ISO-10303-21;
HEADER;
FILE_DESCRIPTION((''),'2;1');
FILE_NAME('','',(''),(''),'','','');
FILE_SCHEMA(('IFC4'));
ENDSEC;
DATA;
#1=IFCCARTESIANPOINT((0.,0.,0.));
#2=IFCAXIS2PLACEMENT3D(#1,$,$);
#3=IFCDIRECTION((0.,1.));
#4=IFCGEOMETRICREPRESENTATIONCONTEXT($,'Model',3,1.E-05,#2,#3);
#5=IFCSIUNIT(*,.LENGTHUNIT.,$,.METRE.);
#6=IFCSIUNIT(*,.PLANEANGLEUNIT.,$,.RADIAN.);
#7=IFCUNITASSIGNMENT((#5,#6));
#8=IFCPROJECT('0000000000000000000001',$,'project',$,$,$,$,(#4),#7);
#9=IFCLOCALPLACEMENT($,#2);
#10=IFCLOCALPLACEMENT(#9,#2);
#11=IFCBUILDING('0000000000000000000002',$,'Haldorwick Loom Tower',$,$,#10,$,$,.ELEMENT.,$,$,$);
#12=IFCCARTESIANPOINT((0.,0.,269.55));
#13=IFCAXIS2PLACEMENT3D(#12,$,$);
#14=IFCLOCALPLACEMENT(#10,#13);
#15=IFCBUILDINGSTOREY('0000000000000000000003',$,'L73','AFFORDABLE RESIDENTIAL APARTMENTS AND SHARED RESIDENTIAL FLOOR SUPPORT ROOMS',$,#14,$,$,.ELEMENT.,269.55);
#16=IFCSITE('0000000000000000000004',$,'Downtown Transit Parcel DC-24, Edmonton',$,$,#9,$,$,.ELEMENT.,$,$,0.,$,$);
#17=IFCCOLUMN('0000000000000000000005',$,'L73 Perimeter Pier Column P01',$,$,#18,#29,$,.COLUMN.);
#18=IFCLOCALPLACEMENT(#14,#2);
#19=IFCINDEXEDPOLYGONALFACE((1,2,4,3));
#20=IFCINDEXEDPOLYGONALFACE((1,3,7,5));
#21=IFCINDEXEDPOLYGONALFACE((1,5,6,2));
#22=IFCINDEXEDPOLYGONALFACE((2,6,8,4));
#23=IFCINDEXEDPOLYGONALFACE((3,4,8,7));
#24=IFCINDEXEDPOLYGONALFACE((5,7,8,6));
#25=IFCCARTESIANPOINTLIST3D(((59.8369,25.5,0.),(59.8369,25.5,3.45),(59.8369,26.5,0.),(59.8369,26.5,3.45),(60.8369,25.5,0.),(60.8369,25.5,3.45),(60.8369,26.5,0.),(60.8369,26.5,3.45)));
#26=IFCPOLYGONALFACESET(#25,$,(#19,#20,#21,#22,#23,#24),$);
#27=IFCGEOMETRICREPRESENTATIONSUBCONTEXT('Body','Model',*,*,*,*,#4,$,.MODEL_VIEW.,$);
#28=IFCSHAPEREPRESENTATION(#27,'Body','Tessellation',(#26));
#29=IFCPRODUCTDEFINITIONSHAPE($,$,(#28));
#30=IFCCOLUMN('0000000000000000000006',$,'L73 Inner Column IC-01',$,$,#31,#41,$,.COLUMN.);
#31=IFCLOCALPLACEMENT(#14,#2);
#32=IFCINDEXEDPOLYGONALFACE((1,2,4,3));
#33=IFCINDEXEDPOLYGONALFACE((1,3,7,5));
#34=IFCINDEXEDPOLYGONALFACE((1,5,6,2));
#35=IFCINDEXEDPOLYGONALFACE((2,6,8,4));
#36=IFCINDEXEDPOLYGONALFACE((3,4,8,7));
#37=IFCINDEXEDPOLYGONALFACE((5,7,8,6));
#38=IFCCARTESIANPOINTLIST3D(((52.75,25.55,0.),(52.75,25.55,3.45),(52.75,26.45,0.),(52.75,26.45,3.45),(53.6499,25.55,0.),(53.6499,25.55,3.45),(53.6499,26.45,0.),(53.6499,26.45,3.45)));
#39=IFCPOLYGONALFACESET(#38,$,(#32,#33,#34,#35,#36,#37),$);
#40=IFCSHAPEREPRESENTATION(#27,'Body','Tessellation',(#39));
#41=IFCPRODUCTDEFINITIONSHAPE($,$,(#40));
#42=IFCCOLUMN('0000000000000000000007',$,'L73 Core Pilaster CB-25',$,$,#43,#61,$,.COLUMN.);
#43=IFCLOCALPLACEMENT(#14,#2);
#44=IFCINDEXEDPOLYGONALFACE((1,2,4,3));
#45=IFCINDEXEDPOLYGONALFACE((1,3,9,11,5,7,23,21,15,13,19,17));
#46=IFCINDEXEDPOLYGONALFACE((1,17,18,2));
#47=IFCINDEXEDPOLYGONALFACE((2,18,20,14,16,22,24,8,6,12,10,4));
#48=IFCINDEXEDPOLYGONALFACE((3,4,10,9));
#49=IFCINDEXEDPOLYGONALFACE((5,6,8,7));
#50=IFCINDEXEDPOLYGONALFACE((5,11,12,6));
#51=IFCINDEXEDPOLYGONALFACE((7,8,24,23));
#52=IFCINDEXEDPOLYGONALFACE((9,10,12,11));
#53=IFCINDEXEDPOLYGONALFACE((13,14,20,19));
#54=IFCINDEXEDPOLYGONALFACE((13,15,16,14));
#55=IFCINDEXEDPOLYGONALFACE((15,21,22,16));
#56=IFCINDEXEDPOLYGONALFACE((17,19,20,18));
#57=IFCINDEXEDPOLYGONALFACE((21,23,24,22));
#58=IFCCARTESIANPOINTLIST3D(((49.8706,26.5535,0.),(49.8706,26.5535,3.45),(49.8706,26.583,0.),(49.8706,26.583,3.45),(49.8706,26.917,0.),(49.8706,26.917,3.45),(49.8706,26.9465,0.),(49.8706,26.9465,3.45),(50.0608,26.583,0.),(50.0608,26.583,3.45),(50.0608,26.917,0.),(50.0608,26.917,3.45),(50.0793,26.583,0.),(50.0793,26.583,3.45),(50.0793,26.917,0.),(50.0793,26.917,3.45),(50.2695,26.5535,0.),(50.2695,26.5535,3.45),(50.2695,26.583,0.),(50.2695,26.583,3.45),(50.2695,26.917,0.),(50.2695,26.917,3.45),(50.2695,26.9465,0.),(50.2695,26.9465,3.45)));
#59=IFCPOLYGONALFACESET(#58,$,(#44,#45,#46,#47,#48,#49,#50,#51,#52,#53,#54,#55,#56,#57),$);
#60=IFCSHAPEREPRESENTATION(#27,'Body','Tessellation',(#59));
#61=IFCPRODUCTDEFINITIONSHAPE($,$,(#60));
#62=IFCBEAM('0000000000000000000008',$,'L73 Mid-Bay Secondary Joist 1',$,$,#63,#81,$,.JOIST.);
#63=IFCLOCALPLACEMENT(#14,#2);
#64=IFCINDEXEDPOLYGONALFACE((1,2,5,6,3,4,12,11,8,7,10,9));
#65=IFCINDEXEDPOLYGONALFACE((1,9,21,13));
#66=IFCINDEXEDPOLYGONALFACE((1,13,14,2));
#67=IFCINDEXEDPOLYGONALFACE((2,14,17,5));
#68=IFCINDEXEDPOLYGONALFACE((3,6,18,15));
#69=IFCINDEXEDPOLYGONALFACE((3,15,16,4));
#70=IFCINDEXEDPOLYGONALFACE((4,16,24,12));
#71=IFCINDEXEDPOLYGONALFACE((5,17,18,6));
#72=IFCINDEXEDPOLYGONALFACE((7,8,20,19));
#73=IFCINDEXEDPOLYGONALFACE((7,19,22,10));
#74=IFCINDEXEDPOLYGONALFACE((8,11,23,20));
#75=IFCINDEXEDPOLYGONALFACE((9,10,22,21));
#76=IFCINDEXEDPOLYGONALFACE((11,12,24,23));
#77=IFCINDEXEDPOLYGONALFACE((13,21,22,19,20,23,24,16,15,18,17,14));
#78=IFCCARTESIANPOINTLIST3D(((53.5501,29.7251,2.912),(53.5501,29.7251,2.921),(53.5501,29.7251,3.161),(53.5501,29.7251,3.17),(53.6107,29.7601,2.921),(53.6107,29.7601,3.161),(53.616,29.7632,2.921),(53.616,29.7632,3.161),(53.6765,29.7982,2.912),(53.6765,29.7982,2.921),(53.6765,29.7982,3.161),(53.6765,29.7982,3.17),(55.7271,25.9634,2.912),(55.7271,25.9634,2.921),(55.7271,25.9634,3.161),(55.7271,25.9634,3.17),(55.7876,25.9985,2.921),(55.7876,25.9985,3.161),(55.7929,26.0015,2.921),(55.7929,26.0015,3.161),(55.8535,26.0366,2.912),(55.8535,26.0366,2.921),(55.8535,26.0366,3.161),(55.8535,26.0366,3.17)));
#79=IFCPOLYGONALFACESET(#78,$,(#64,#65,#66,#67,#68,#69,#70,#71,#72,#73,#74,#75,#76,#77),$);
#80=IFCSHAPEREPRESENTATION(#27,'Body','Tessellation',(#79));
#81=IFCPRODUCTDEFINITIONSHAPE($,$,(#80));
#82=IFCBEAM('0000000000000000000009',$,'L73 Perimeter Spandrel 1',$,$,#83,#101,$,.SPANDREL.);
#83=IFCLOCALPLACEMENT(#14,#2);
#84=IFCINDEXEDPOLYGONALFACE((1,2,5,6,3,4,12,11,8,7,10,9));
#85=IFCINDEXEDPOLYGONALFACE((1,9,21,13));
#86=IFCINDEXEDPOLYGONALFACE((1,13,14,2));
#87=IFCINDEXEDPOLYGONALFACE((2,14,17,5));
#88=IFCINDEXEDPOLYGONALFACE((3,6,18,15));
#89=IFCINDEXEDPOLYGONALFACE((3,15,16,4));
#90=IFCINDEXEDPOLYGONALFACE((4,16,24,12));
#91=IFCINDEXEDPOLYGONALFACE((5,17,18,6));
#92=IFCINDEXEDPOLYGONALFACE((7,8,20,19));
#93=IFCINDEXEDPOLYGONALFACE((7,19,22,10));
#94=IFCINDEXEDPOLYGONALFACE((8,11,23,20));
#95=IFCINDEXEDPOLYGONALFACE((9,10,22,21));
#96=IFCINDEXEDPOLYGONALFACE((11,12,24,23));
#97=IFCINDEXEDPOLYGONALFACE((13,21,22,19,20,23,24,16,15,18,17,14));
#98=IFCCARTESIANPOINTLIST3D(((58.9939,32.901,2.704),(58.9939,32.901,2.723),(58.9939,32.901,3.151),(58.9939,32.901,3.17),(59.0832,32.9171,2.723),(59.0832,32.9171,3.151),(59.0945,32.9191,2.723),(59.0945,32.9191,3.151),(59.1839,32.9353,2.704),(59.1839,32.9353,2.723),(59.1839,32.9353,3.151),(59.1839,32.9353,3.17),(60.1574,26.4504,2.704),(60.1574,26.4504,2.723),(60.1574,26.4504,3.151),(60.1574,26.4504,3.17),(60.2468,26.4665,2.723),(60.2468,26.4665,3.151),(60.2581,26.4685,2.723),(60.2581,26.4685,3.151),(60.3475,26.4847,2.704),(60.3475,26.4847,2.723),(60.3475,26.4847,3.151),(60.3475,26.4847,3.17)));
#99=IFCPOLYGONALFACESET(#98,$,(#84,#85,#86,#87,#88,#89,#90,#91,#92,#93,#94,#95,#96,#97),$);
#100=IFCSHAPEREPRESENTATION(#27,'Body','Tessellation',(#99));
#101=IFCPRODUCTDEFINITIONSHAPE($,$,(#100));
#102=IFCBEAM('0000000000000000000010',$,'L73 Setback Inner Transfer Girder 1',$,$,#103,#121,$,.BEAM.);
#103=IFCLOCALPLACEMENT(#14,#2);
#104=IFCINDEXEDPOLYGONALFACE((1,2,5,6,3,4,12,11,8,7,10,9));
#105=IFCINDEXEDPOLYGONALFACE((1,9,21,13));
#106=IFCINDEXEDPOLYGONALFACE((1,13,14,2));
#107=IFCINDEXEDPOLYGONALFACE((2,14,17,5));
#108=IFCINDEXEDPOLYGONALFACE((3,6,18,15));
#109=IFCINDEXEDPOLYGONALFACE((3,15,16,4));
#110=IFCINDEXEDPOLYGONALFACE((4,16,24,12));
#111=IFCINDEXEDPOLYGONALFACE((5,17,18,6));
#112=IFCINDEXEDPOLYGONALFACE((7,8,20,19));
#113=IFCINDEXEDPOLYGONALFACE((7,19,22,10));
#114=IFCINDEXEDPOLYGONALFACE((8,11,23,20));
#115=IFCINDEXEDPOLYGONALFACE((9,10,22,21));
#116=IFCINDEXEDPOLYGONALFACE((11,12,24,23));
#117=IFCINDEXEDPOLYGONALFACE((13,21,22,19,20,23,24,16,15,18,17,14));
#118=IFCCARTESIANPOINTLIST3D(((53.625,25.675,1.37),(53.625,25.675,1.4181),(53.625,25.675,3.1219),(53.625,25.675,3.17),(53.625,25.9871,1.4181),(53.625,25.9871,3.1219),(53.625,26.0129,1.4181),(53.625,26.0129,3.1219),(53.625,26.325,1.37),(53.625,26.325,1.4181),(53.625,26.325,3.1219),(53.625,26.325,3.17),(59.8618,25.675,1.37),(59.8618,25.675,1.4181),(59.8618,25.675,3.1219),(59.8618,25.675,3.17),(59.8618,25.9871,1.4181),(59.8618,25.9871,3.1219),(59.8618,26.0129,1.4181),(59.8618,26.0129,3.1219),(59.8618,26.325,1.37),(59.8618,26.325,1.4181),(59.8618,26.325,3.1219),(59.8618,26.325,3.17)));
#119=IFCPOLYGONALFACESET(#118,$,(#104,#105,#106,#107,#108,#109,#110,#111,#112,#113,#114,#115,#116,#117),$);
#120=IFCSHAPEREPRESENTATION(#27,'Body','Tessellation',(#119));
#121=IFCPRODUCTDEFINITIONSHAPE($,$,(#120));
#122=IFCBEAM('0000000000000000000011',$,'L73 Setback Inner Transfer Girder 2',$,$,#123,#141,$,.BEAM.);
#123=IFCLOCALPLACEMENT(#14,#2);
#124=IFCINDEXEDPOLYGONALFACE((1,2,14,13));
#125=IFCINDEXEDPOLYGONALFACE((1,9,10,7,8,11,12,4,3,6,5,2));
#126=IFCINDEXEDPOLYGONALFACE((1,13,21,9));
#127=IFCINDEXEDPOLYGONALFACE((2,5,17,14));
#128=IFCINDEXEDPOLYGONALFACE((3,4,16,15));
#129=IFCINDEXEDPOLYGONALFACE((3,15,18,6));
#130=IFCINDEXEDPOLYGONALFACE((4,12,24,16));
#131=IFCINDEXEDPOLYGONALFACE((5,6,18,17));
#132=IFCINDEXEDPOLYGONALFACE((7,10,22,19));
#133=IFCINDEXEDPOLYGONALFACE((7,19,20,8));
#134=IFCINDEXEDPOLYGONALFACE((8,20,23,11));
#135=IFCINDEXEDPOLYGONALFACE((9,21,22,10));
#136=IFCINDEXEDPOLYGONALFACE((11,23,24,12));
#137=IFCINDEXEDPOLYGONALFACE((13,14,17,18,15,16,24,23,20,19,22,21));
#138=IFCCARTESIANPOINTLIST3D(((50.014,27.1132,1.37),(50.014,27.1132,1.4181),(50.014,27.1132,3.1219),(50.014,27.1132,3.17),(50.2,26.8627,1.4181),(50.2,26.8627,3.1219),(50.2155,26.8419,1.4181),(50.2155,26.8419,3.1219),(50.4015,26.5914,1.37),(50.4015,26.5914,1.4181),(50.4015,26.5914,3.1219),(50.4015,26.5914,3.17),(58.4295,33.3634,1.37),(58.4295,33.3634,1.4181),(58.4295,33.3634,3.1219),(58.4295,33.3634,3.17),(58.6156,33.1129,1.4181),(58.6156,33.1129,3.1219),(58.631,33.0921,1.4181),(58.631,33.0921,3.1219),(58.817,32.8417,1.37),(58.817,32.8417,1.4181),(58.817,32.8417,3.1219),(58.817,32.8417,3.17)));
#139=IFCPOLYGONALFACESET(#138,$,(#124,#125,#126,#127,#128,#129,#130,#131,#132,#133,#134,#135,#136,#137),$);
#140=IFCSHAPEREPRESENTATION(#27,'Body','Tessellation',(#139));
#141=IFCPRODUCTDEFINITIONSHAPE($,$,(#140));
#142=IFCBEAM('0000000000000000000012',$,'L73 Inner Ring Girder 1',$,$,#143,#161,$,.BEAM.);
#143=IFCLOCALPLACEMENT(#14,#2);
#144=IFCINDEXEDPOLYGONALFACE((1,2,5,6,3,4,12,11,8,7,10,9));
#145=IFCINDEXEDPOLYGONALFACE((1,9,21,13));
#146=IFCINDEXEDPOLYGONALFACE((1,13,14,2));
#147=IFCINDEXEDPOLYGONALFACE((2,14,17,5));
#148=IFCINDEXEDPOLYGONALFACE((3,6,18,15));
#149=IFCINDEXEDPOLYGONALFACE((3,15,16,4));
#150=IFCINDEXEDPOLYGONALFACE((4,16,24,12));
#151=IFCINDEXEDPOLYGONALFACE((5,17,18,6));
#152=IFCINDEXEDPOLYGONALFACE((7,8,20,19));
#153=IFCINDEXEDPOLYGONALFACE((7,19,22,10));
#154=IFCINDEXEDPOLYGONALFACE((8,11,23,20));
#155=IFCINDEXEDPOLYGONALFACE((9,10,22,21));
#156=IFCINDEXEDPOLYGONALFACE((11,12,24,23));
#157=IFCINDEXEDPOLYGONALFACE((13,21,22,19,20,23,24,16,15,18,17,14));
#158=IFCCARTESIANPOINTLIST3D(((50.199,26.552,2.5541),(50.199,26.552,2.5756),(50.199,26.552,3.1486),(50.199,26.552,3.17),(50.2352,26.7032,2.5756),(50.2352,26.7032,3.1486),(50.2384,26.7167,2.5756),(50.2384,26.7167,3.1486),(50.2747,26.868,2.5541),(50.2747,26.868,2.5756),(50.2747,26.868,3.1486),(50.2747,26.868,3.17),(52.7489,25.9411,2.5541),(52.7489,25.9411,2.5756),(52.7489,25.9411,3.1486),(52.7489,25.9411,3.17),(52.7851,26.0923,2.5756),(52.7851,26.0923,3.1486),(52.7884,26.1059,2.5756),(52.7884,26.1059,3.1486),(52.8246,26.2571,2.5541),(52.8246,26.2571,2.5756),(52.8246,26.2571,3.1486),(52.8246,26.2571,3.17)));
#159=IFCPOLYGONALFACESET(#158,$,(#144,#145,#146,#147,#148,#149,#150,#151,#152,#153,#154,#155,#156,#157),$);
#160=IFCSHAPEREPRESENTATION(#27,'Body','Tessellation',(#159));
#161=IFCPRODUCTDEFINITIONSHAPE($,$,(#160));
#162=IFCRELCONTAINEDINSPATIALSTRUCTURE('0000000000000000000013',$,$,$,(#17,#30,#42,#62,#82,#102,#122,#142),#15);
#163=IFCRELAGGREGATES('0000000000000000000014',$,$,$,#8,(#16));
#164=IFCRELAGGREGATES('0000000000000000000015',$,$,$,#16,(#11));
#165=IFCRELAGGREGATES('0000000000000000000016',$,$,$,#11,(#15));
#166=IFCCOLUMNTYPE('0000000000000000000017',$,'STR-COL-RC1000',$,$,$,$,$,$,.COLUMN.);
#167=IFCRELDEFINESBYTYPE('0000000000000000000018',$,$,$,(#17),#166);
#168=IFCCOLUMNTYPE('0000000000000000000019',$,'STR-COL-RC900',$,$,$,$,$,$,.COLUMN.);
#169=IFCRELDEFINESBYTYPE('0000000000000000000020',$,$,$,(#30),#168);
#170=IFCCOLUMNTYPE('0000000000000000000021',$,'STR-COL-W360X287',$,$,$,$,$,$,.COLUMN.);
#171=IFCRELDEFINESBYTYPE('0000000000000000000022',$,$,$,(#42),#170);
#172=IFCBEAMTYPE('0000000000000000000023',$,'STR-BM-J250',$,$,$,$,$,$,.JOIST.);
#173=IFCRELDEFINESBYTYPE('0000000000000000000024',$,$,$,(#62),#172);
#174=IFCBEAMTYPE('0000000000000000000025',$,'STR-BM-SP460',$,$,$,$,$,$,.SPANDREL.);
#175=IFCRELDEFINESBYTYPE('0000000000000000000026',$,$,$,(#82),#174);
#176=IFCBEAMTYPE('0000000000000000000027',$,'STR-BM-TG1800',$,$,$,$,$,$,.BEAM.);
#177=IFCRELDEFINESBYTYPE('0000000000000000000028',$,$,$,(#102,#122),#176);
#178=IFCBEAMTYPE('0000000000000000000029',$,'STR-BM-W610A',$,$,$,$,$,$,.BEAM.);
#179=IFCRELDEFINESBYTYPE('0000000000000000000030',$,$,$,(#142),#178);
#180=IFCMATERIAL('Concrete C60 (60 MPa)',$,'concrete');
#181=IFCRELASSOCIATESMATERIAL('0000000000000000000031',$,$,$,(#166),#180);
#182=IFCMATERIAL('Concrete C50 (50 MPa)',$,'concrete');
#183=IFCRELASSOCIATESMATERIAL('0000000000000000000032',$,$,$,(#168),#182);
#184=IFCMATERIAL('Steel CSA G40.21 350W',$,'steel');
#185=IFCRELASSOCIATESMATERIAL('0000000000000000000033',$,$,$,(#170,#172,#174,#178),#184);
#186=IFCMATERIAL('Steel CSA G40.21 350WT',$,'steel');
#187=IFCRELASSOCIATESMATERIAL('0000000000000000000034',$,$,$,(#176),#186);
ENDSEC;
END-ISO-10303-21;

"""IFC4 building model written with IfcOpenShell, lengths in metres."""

from ifc_helpers import new_model, si_unit, direction, frame, origin, origin_2d, place, context, subcontext, project, spatial, rectangle, i_section, extrude, material, material_profile, profile_set, type_object, element, save


model = new_model("IFC4")

# Units and contexts
model_context = context("Model", 3, precision=1e-05, world=origin(), true_north=direction((0.0, 1.0)))
body_context = subcontext(model_context, "Body", "Model", "MODEL_VIEW")
ifc_project = project(units=[si_unit("LENGTHUNIT", "METRE"), si_unit("PLANEANGLEUNIT", "RADIAN")], contexts=[model_context])

# Site, building, storey
site_placement = place(None, origin())
site = spatial("IfcSite", under=ifc_project, at=site_placement, Name="Downtown Transit Parcel DC-24, Edmonton", CompositionType="ELEMENT", RefElevation=0.0)
building_placement = place(site_placement, origin())
building = spatial("IfcBuilding", under=site, at=building_placement, Name="Haldorwick Loom Tower", CompositionType="ELEMENT")
storey_placement = place(building_placement, frame((0.0, 0.0, 269.55)))
storey = spatial("IfcBuildingStorey", under=building, at=storey_placement, Name="L73", Description="AFFORDABLE RESIDENTIAL APARTMENTS AND SHARED RESIDENTIAL FLOOR SUPPORT ROOMS", CompositionType="ELEMENT", Elevation=269.55)

# Columns
ifc_material_1 = material(Name="Concrete C60 (60 MPa)", Category="concrete")
ifc_material_profile_1 = material_profile(ifc_material_1, rectangle(XDim=1.0, YDim=1.0, at=origin_2d()), Name="RC1000X1000", Category="concrete")
ifc_profile_set_1 = profile_set([ifc_material_profile_1], Name="Concrete C60 (60 MPa)")
column_type_1 = type_object("IfcColumnType", Name="STR-COL-RC1000", PredefinedType="COLUMN", material=ifc_profile_set_1)
column_1_placement = place(storey_placement, frame((60.3369, 26.0, 0.0), z_axis=(0.0, 0.0, 1.0), x_axis=(1.0, 0.0, 0.0)))
element("IfcColumn", 1, at=column_1_placement, inside=storey, type_object=column_type_1, Name="L73 Perimeter Pier Column P01", PredefinedType="COLUMN", context=body_context, shape_type="SweptSolid", body=[
    extrude(rectangle(XDim=1.0, YDim=1.0, at=origin_2d()), origin(), (0.0, 0.0, 1.0), 3.45),
])
ifc_material_2 = material(Name="Concrete C50 (50 MPa)", Category="concrete")
ifc_material_profile_2 = material_profile(ifc_material_2, rectangle(XDim=0.8999, YDim=0.8999, at=origin_2d()), Name="RC900X900", Category="concrete")
ifc_profile_set_2 = profile_set([ifc_material_profile_2], Name="Concrete C50 (50 MPa)")
column_type_2 = type_object("IfcColumnType", Name="STR-COL-RC900", PredefinedType="COLUMN", material=ifc_profile_set_2)
column_2_placement = place(storey_placement, frame((53.2, 26.0, 0.0), z_axis=(0.0, 0.0, 1.0), x_axis=(1.0, 0.0, 0.0)))
element("IfcColumn", 2, at=column_2_placement, inside=storey, type_object=column_type_2, Name="L73 Inner Column IC-01", PredefinedType="COLUMN", context=body_context, shape_type="SweptSolid", body=[
    extrude(rectangle(XDim=0.8999, YDim=0.8999, at=origin_2d()), origin(), (0.0, 0.0, 1.0), 3.45),
])
ifc_material_3 = material(Name="Steel CSA G40.21 350W", Category="steel")
ifc_material_profile_3 = material_profile(ifc_material_3, i_section(OverallWidth=0.3989, OverallDepth=0.3931, WebThickness=0.0186, FlangeThickness=0.0295, at=origin_2d()), Name="W360X287", Category="steel")
ifc_profile_set_3 = profile_set([ifc_material_profile_3], Name="Steel CSA G40.21 350W")
column_type_3 = type_object("IfcColumnType", Name="STR-COL-W360X287", PredefinedType="COLUMN", material=ifc_profile_set_3)
column_3_placement = place(storey_placement, frame((50.0701, 26.75, 0.0), z_axis=(0.0, 0.0, 1.0), x_axis=(1.0, 0.0, 0.0)))
element("IfcColumn", 3, at=column_3_placement, inside=storey, type_object=column_type_3, Name="L73 Core Pilaster CB-25", PredefinedType="COLUMN", context=body_context, shape_type="SweptSolid", body=[
    extrude(i_section(OverallWidth=0.3989, OverallDepth=0.3931, WebThickness=0.0186, FlangeThickness=0.0295, at=origin_2d()), origin(), (0.0, 0.0, 1.0), 3.45),
])

# Beams
ifc_material_profile_4 = material_profile(ifc_material_3, i_section(OverallWidth=0.146, OverallDepth=0.2581, WebThickness=0.0061, FlangeThickness=0.009, at=origin_2d()), Name="W250X33", Category="steel")
ifc_profile_set_4 = profile_set([ifc_material_profile_4], Name="Steel CSA G40.21 350W")
beam_type_1 = type_object("IfcBeamType", Name="STR-BM-J250", PredefinedType="JOIST", material=ifc_profile_set_4)
beam_1_placement = place(storey_placement, frame((55.7903, 26.0, 3.041), z_axis=(-0.500892, 0.86551, 0.0), x_axis=(-0.86551, -0.500892, 0.0)))
element("IfcBeam", 4, at=beam_1_placement, inside=storey, type_object=beam_type_1, Name="L73 Mid-Bay Secondary Joist 1", PredefinedType="JOIST", context=body_context, shape_type="SweptSolid", body=[
    extrude(i_section(OverallWidth=0.146, OverallDepth=0.2581, WebThickness=0.0061, FlangeThickness=0.009, at=origin_2d()), origin(), (0.0, 0.0, 1.0), 4.3462),
])
ifc_material_profile_5 = material_profile(ifc_material_3, i_section(OverallWidth=0.1931, OverallDepth=0.4661, WebThickness=0.0115, FlangeThickness=0.019, at=origin_2d()), Name="W460X97", Category="steel")
ifc_profile_set_5 = profile_set([ifc_material_profile_5], Name="Steel CSA G40.21 350W")
beam_type_2 = type_object("IfcBeamType", Name="STR-BM-SP460", PredefinedType="SPANDREL", material=ifc_profile_set_5)
beam_2_placement = place(storey_placement, frame((60.2524, 26.4675, 2.937), z_axis=(-0.177515, 0.984118, 0.0), x_axis=(-0.984118, -0.177515, 0.0)))
element("IfcBeam", 5, at=beam_2_placement, inside=storey, type_object=beam_type_2, Name="L73 Perimeter Spandrel 1", PredefinedType="SPANDREL", context=body_context, shape_type="SweptSolid", body=[
    extrude(i_section(OverallWidth=0.1931, OverallDepth=0.4661, WebThickness=0.0115, FlangeThickness=0.019, at=origin_2d()), origin(), (0.0, 0.0, 1.0), 6.5547),
])
ifc_material_4 = material(Name="Steel CSA G40.21 350WT", Category="steel")
ifc_material_profile_6 = material_profile(ifc_material_4, i_section(OverallWidth=0.6499, OverallDepth=1.8, WebThickness=0.0259, FlangeThickness=0.0481, at=origin_2d()), Name="WWF1800X650", Category="steel")
ifc_profile_set_6 = profile_set([ifc_material_profile_6], Name="Steel CSA G40.21 350WT")
beam_type_3 = type_object("IfcBeamType", Name="STR-BM-TG1800", PredefinedType="BEAM", material=ifc_profile_set_6)
beam_3_placement = place(storey_placement, frame((53.625, 26.0, 2.27), z_axis=(1.0, 0.0, 0.0), x_axis=(0.0, 1.0, 0.0)))
element("IfcBeam", 6, at=beam_3_placement, inside=storey, type_object=beam_type_3, Name="L73 Setback Inner Transfer Girder 1", PredefinedType="BEAM", context=body_context, shape_type="SweptSolid", body=[
    extrude(i_section(OverallWidth=0.6499, OverallDepth=1.8, WebThickness=0.0259, FlangeThickness=0.0481, at=origin_2d()), origin(), (0.0, 0.0, 1.0), 6.2368),
])
beam_4_placement = place(storey_placement, frame((50.2078, 26.8523, 2.27), z_axis=(0.802803, 0.596245, 0.0), x_axis=(-0.596245, 0.802803, 0.0)))
element("IfcBeam", 7, at=beam_4_placement, inside=storey, type_object=beam_type_3, Name="L73 Setback Inner Transfer Girder 2", PredefinedType="BEAM", context=body_context, shape_type="SweptSolid", body=[
    extrude(i_section(OverallWidth=0.6499, OverallDepth=1.8, WebThickness=0.0259, FlangeThickness=0.0481, at=origin_2d()), origin(), (0.0, 0.0, 1.0), 10.4827),
])
ifc_material_profile_7 = material_profile(ifc_material_3, i_section(OverallWidth=0.325, OverallDepth=0.616, WebThickness=0.0139, FlangeThickness=0.0215, at=origin_2d()), Name="W610X174", Category="steel")
ifc_profile_set_7 = profile_set([ifc_material_profile_7], Name="Steel CSA G40.21 350W")
beam_type_4 = type_object("IfcBeamType", Name="STR-BM-W610A", PredefinedType="BEAM", material=ifc_profile_set_7)
beam_5_placement = place(storey_placement, frame((50.2368, 26.71, 2.8621), z_axis=(0.972484, -0.232971, 0.0), x_axis=(0.232971, 0.972484, 0.0)))
element("IfcBeam", 8, at=beam_5_placement, inside=storey, type_object=beam_type_4, Name="L73 Inner Ring Girder 1", PredefinedType="BEAM", context=body_context, shape_type="SweptSolid", body=[
    extrude(i_section(OverallWidth=0.325, OverallDepth=0.616, WebThickness=0.0139, FlangeThickness=0.0215, at=origin_2d()), origin(), (0.0, 0.0, 1.0), 2.6221),
])

save(model, "model.ifc")
